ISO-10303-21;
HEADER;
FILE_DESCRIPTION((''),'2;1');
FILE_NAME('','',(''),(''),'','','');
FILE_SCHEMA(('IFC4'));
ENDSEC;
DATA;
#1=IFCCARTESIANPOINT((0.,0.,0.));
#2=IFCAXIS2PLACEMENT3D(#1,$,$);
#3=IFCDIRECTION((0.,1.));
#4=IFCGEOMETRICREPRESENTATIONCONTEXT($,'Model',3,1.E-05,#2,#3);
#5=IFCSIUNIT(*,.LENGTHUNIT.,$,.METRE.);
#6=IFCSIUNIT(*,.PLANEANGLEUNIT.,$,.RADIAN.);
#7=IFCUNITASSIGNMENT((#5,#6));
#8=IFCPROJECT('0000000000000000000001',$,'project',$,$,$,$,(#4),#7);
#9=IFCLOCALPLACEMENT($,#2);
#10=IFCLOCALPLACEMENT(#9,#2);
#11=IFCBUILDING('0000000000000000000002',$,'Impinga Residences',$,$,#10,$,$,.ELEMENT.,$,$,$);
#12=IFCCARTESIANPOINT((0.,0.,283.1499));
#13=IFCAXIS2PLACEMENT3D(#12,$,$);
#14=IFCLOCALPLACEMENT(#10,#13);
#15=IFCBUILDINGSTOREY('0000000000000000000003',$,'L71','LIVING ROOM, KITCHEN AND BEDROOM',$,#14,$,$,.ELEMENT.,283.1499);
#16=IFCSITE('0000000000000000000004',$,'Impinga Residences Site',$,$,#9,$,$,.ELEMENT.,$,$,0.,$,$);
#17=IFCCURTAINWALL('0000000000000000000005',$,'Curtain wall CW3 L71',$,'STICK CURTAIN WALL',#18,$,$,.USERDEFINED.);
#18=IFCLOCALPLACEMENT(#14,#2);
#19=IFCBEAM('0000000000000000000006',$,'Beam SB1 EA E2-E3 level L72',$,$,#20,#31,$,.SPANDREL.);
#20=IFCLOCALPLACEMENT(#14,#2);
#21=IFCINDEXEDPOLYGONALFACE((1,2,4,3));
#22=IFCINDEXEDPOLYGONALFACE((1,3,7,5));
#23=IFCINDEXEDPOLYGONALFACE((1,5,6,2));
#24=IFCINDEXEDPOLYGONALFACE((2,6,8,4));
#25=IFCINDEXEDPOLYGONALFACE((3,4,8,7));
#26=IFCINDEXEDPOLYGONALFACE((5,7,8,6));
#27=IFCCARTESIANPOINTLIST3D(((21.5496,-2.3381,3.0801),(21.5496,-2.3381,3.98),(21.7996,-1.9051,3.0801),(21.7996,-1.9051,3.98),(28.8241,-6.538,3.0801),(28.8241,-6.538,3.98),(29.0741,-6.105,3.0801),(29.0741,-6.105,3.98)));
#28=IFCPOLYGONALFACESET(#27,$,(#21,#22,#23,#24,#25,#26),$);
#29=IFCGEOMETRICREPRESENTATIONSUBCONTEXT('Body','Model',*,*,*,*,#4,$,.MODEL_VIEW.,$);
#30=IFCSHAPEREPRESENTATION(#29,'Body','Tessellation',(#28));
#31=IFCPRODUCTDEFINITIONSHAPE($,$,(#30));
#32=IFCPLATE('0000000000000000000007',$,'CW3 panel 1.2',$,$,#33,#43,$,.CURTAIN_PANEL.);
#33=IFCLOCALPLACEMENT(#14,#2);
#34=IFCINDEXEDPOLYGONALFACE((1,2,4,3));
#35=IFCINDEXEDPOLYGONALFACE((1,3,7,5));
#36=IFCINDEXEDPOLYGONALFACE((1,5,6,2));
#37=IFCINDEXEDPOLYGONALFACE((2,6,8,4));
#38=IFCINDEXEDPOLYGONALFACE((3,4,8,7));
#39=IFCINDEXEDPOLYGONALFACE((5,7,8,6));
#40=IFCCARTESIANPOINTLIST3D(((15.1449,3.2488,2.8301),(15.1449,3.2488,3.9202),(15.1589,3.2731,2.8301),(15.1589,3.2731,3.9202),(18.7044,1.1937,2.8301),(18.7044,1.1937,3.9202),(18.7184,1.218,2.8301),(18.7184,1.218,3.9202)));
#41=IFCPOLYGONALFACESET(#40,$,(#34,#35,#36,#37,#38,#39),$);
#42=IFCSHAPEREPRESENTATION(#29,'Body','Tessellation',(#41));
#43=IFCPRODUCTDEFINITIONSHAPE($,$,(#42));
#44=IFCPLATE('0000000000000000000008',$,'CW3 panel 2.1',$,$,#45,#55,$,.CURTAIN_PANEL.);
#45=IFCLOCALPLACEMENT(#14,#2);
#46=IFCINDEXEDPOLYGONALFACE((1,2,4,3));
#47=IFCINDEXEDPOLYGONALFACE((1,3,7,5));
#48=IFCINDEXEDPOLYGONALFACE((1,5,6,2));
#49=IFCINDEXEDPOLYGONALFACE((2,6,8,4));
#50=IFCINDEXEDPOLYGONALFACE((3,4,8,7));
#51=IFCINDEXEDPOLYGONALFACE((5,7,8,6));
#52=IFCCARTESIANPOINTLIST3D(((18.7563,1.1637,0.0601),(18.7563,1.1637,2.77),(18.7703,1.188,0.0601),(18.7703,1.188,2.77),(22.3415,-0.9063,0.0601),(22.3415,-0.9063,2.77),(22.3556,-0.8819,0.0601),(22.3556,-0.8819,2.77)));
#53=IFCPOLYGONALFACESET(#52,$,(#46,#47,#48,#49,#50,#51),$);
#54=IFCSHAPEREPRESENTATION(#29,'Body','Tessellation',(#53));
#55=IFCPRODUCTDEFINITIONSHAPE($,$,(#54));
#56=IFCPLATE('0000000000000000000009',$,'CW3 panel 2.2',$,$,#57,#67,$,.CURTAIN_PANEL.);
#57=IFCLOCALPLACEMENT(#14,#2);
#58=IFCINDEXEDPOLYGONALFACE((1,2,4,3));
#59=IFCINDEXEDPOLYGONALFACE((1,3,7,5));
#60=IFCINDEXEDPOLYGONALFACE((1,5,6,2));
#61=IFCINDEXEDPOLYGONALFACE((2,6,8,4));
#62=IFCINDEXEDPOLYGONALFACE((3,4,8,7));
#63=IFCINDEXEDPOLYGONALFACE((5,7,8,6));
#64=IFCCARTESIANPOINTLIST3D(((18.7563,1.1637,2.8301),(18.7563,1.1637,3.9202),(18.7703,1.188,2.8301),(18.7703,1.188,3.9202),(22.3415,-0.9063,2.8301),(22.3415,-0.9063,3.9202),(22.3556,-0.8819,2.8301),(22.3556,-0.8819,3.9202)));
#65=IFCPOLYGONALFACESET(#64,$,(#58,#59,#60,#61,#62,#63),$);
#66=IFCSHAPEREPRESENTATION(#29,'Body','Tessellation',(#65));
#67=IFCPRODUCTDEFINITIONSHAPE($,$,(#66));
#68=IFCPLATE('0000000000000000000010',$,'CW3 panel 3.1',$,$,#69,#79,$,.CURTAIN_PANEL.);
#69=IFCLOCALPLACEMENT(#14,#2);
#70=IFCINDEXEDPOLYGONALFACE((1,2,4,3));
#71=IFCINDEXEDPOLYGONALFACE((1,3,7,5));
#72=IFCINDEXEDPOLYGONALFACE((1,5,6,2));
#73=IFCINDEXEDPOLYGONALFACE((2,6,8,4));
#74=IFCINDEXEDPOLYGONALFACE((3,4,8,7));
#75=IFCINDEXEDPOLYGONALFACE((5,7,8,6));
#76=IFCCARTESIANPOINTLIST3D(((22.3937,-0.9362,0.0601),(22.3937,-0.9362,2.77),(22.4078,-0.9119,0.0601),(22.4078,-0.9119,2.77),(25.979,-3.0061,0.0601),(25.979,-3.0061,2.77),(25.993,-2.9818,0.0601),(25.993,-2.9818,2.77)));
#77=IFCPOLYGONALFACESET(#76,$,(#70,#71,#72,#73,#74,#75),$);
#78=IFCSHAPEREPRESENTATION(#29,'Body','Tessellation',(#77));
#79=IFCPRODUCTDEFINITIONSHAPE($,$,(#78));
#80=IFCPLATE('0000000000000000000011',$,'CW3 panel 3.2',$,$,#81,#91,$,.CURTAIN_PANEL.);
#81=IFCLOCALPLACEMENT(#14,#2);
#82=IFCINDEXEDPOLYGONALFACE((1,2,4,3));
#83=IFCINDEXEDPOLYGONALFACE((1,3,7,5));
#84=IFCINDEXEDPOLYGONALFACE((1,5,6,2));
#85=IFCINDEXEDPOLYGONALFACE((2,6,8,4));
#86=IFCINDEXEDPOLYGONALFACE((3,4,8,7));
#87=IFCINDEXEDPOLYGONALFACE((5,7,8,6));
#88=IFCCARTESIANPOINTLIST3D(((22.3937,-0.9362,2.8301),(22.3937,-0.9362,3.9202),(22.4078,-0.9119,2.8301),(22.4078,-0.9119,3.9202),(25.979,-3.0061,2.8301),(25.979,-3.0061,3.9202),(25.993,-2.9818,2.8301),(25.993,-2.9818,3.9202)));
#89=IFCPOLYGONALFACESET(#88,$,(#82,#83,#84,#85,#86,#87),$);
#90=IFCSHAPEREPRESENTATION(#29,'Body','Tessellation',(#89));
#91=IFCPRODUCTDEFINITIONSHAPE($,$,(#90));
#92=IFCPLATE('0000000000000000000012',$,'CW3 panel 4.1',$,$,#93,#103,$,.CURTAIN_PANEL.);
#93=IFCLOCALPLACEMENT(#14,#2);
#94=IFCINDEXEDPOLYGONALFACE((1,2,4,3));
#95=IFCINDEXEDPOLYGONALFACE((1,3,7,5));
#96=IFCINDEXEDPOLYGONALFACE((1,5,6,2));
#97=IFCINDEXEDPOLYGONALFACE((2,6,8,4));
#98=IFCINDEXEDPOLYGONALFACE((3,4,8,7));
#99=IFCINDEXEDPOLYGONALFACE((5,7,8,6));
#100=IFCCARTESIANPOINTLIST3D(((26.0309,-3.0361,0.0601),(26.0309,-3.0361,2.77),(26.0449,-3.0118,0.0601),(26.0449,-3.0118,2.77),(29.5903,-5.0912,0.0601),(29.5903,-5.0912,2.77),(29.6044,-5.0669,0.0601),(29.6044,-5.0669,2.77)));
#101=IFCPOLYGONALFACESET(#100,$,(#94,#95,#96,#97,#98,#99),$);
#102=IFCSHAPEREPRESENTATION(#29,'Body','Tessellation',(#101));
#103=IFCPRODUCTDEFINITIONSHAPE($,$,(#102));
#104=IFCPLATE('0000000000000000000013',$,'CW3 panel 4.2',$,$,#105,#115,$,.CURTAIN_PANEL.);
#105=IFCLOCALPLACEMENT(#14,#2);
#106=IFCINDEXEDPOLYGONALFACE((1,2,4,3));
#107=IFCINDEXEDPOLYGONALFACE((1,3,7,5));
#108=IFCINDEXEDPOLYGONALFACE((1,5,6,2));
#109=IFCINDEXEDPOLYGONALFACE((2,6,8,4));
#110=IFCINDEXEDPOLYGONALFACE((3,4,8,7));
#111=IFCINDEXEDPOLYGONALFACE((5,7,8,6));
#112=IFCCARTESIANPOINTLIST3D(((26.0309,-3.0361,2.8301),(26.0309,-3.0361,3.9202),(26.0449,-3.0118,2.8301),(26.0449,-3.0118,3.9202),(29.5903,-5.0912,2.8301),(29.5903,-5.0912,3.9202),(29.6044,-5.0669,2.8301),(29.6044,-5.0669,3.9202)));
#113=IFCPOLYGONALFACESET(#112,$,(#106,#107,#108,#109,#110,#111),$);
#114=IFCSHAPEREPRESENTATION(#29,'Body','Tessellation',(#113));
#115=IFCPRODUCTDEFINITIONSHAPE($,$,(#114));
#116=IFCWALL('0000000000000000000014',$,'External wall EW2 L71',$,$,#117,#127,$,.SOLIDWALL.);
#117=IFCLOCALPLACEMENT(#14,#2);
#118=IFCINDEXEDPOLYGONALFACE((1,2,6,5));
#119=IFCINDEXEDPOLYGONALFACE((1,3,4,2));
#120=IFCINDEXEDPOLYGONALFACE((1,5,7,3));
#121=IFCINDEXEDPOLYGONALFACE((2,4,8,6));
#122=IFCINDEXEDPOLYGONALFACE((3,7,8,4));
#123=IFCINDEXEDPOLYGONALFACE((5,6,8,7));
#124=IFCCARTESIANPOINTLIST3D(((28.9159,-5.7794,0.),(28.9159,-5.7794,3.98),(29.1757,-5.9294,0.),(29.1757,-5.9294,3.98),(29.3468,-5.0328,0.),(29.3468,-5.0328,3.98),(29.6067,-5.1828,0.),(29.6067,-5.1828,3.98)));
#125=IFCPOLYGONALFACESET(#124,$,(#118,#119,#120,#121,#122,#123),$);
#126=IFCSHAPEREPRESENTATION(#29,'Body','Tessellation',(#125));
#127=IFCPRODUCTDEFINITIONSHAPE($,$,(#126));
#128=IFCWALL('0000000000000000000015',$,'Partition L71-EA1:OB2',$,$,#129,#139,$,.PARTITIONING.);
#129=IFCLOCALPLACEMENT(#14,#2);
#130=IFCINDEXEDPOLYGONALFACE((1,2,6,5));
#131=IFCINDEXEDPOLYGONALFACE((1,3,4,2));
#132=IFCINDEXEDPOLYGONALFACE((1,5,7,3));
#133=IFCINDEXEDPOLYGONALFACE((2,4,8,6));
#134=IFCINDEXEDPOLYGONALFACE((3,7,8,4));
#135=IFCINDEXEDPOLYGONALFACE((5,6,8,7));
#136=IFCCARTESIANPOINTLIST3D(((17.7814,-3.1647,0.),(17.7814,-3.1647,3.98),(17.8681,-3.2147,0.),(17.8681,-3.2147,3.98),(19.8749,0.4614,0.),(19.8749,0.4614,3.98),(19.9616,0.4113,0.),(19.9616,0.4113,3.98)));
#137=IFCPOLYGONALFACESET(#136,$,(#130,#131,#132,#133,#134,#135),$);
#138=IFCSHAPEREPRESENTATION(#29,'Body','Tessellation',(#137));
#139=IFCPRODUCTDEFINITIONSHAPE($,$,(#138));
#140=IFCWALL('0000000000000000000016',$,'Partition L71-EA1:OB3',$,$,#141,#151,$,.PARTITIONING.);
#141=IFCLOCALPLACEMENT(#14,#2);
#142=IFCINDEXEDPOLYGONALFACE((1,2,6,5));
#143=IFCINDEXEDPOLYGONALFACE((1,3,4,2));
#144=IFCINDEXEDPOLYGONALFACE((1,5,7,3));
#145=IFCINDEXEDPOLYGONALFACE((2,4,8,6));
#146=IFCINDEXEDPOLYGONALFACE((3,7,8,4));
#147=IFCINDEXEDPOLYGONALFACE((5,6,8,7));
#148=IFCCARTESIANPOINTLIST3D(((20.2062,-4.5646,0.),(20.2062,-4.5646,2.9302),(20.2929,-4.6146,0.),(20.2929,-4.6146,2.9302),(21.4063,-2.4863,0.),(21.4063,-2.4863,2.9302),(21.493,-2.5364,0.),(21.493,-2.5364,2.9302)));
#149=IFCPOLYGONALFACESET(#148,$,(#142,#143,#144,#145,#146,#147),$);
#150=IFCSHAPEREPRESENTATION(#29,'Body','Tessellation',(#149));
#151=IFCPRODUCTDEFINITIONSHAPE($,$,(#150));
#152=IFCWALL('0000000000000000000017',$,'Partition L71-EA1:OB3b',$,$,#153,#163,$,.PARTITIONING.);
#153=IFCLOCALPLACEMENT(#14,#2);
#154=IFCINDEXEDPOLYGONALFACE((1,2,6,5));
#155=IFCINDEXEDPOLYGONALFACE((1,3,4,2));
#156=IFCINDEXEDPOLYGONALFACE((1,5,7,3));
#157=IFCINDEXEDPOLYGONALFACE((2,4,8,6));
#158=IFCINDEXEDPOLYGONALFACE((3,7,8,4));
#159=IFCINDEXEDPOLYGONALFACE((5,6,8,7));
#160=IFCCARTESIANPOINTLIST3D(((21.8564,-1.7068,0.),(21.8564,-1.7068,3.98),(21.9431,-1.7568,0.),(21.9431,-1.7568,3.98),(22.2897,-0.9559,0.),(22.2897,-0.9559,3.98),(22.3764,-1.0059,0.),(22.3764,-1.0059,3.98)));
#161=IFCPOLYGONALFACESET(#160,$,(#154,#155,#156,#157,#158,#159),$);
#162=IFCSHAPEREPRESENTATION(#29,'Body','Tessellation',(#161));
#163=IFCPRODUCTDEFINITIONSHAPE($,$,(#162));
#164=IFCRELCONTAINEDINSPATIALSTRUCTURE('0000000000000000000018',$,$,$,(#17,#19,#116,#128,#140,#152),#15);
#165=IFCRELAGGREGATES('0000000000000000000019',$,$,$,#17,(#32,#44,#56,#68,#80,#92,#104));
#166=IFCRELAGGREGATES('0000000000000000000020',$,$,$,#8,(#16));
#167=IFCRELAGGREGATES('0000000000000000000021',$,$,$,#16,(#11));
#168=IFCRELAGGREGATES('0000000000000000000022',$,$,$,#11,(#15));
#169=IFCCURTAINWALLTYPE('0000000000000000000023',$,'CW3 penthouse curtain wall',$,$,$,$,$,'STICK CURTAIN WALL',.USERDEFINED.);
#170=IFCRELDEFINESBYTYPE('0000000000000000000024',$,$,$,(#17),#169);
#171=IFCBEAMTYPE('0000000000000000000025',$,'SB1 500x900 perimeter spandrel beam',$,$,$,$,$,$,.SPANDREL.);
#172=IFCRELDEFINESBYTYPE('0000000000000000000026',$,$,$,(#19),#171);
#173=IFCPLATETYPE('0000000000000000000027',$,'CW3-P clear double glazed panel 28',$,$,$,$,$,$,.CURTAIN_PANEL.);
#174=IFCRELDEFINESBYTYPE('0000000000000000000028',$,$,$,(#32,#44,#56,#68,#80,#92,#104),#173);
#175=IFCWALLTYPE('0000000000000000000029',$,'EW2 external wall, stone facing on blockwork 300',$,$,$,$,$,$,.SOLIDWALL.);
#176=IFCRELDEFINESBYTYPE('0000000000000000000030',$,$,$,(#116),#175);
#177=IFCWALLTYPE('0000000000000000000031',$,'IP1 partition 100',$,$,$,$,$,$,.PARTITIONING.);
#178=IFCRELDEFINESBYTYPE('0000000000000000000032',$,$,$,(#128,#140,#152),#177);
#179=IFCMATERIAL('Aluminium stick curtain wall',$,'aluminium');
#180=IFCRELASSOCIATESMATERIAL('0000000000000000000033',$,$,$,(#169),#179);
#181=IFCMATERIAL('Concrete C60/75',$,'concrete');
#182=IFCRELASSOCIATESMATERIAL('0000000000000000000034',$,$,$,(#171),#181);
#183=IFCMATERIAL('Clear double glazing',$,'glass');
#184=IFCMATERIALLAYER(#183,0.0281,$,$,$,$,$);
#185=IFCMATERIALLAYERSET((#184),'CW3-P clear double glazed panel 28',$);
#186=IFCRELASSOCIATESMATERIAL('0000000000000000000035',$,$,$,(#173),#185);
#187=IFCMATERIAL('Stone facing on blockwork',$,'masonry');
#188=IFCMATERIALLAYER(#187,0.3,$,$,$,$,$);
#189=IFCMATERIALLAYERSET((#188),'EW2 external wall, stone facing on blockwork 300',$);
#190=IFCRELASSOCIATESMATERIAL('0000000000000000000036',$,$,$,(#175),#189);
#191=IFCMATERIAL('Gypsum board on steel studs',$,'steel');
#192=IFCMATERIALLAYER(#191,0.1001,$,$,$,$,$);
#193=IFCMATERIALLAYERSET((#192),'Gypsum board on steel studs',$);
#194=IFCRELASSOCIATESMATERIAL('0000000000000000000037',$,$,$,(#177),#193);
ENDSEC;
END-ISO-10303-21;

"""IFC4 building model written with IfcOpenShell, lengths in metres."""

from ifc_helpers import new_model, si_unit, direction, frame, frame_2d, origin, origin_2d, place, context, subcontext, project, spatial, rectangle, extrude, material, layer, layer_set, material_profile, profile_set, type_object, element, aggregate, save


model = new_model("IFC4")

# Units and contexts
model_context = context("Model", 3, precision=1e-05, world=origin(), true_north=direction((0.0, 1.0)))
body_context = subcontext(model_context, "Body", "Model", "MODEL_VIEW")
ifc_project = project(units=[si_unit("LENGTHUNIT", "METRE"), si_unit("PLANEANGLEUNIT", "RADIAN")], contexts=[model_context])

# Site, building, storey
site_placement = place(None, origin())
site = spatial("IfcSite", under=ifc_project, at=site_placement, Name="Impinga Residences Site", CompositionType="ELEMENT", RefElevation=0.0)
building_placement = place(site_placement, origin())
building = spatial("IfcBuilding", under=site, at=building_placement, Name="Impinga Residences", CompositionType="ELEMENT")
storey_placement = place(building_placement, frame((0.0, 0.0, 283.1499)))
storey = spatial("IfcBuildingStorey", under=building, at=storey_placement, Name="L71", Description="LIVING ROOM, KITCHEN AND BEDROOM", CompositionType="ELEMENT", Elevation=283.1499)

# Shared definitions
ifc_material_1 = material(Name="Concrete C60/75", Category="concrete")

# Curtain wall
ifc_material_2 = material(Name="Aluminium stick curtain wall", Category="aluminium")
curtain_wall_type = type_object("IfcCurtainWallType", Name="CW3 penthouse curtain wall", ElementType="STICK CURTAIN WALL", PredefinedType="USERDEFINED", material=ifc_material_2)
curtain_wall_placement = place(storey_placement, origin())
curtain_wall = element("IfcCurtainWall", 1, at=curtain_wall_placement, inside=storey, type_object=curtain_wall_type, Name="Curtain wall CW3 L71", ObjectType="STICK CURTAIN WALL", PredefinedType="USERDEFINED")

# Beam
ifc_material_profile_1 = material_profile(ifc_material_1, rectangle(XDim=0.5, YDim=0.8999, at=origin_2d()), Name="RC 500x900")
ifc_profile_set_1 = profile_set([ifc_material_profile_1], Name="Concrete C60/75")
beam_type = type_object("IfcBeamType", Name="SB1 500x900 perimeter spandrel beam", PredefinedType="SPANDREL", material=ifc_profile_set_1)
beam_placement = place(storey_placement, frame((21.6746, -2.1216, 3.53), z_axis=(0.866029, -0.499993, 0.0), x_axis=(0.499993, 0.866029, 0.0)))
element("IfcBeam", 2, at=beam_placement, inside=storey, type_object=beam_type, Name="Beam SB1 EA E2-E3 level L72", PredefinedType="SPANDREL", context=body_context, shape_type="SweptSolid", body=[
    extrude(rectangle(XDim=0.5, YDim=0.8999, at=origin_2d()), origin(), (0.0, 0.0, 1.0), 8.3999),
])

# Plates
ifc_material_3 = material(Name="Clear double glazing", Category="glass")
ifc_layer_1 = layer(ifc_material_3, 0.0281)
ifc_layer_set_1 = layer_set([ifc_layer_1], Name="CW3-P clear double glazed panel 28")
plate_type = type_object("IfcPlateType", Name="CW3-P clear double glazed panel 28", PredefinedType="CURTAIN_PANEL", material=ifc_layer_set_1)
plate_1_placement = place(storey_placement, frame((16.9316, 2.2334, 2.8301), z_axis=(0.0, 0.0, 1.0), x_axis=(0.866025, -0.5, 0.0)))
plate_1 = element("IfcPlate", 3, at=plate_1_placement, type_object=plate_type, Name="CW3 panel 1.2", PredefinedType="CURTAIN_PANEL", context=body_context, shape_type="SweptSolid", body=[
    extrude(rectangle(XDim=4.1101, YDim=0.0281, at=origin_2d()), origin(), (0.0, 0.0, 1.0), 1.0901),
])
plate_2_placement = place(storey_placement, frame((20.5559, 0.1409, 0.0601), z_axis=(0.0, 0.0, 1.0), x_axis=(0.866025, -0.5, 0.0)))
plate_2 = element("IfcPlate", 4, at=plate_2_placement, type_object=plate_type, Name="CW3 panel 2.1", PredefinedType="CURTAIN_PANEL", context=body_context, shape_type="SweptSolid", body=[
    extrude(rectangle(XDim=4.1399, YDim=0.0281, at=origin_2d()), origin(), (0.0, 0.0, 1.0), 2.71),
])
plate_3_placement = place(storey_placement, frame((20.5559, 0.1409, 2.8301), z_axis=(0.0, 0.0, 1.0), x_axis=(0.866025, -0.5, 0.0)))
plate_3 = element("IfcPlate", 5, at=plate_3_placement, type_object=plate_type, Name="CW3 panel 2.2", PredefinedType="CURTAIN_PANEL", context=body_context, shape_type="SweptSolid", body=[
    extrude(rectangle(XDim=4.1399, YDim=0.0281, at=origin_2d()), origin(), (0.0, 0.0, 1.0), 1.0901),
])
plate_4_placement = place(storey_placement, frame((24.1934, -1.959, 0.0601), z_axis=(0.0, 0.0, 1.0), x_axis=(0.866025, -0.5, 0.0)))
plate_4 = element("IfcPlate", 6, at=plate_4_placement, type_object=plate_type, Name="CW3 panel 3.1", PredefinedType="CURTAIN_PANEL", context=body_context, shape_type="SweptSolid", body=[
    extrude(rectangle(XDim=4.1399, YDim=0.0281, at=origin_2d()), origin(), (0.0, 0.0, 1.0), 2.71),
])
plate_5_placement = place(storey_placement, frame((24.1934, -1.959, 2.8301), z_axis=(0.0, 0.0, 1.0), x_axis=(0.866025, -0.5, 0.0)))
plate_5 = element("IfcPlate", 7, at=plate_5_placement, type_object=plate_type, Name="CW3 panel 3.2", PredefinedType="CURTAIN_PANEL", context=body_context, shape_type="SweptSolid", body=[
    extrude(rectangle(XDim=4.1399, YDim=0.0281, at=origin_2d()), origin(), (0.0, 0.0, 1.0), 1.0901),
])
plate_6_placement = place(storey_placement, frame((27.8176, -4.0515, 0.0601), z_axis=(0.0, 0.0, 1.0), x_axis=(0.866025, -0.5, 0.0)))
plate_6 = element("IfcPlate", 8, at=plate_6_placement, type_object=plate_type, Name="CW3 panel 4.1", PredefinedType="CURTAIN_PANEL", context=body_context, shape_type="SweptSolid", body=[
    extrude(rectangle(XDim=4.1101, YDim=0.0281, at=origin_2d()), origin(), (0.0, 0.0, 1.0), 2.71),
])
plate_7_placement = place(storey_placement, frame((27.8176, -4.0515, 2.8301), z_axis=(0.0, 0.0, 1.0), x_axis=(0.866025, -0.5, 0.0)))
plate_7 = element("IfcPlate", 9, at=plate_7_placement, type_object=plate_type, Name="CW3 panel 4.2", PredefinedType="CURTAIN_PANEL", context=body_context, shape_type="SweptSolid", body=[
    extrude(rectangle(XDim=4.1101, YDim=0.0281, at=origin_2d()), origin(), (0.0, 0.0, 1.0), 1.0901),
])
aggregate(curtain_wall, [plate_1, plate_2, plate_3, plate_4, plate_5, plate_6, plate_7])

# Walls
ifc_material_4 = material(Name="Stone facing on blockwork", Category="masonry")
ifc_layer_2 = layer(ifc_material_4, 0.3)
ifc_layer_set_2 = layer_set([ifc_layer_2], Name="EW2 external wall, stone facing on blockwork 300")
wall_type_1 = type_object("IfcWallType", Name="EW2 external wall, stone facing on blockwork 300", PredefinedType="SOLIDWALL", material=ifc_layer_set_2)
wall_1_placement = place(storey_placement, frame((29.4768, -5.1077, 0.0), z_axis=(0.0, 0.0, 1.0), x_axis=(-0.499886, -0.866091, 0.0)))
element("IfcWall", 10, at=wall_1_placement, inside=storey, type_object=wall_type_1, Name="External wall EW2 L71", PredefinedType="SOLIDWALL", context=body_context, shape_type="SweptSolid", body=[
    extrude(rectangle(XDim=0.8621, YDim=0.3, at=frame_2d((0.4312, 0.0))), origin(), (0.0, 0.0, 1.0), 3.98),
])
ifc_material_5 = material(Name="Gypsum board on steel studs", Category="steel")
ifc_layer_3 = layer(ifc_material_5, 0.1001)
ifc_layer_set_3 = layer_set([ifc_layer_3], Name="Gypsum board on steel studs")
wall_type_2 = type_object("IfcWallType", Name="IP1 partition 100", PredefinedType="PARTITIONING", material=ifc_layer_set_3)
wall_2_placement = place(storey_placement, frame((17.8247, -3.1897, 0.0), z_axis=(0.0, 0.0, 1.0), x_axis=(0.500008, 0.866021, 0.0)))
element("IfcWall", 11, at=wall_2_placement, inside=storey, type_object=wall_type_2, Name="Partition L71-EA1:OB2", PredefinedType="PARTITIONING", context=body_context, shape_type="SweptSolid", body=[
    extrude(rectangle(XDim=4.187, YDim=0.1001, at=frame_2d((2.0935, 0.0))), origin(), (0.0, 0.0, 1.0), 3.98),
])
wall_3_placement = place(storey_placement, frame((20.2495, -4.5896, 0.0), z_axis=(0.0, 0.0, 1.0), x_axis=(0.500078, 0.865981, 0.0)))
element("IfcWall", 12, at=wall_3_placement, inside=storey, type_object=wall_type_2, Name="Partition L71-EA1:OB3", PredefinedType="PARTITIONING", context=body_context, shape_type="SweptSolid", body=[
    extrude(rectangle(XDim=2.3999, YDim=0.1001, at=frame_2d((1.2, 0.0))), origin(), (0.0, 0.0, 1.0), 2.9302),
])
wall_4_placement = place(storey_placement, frame((21.8997, -1.7319, 0.0), z_axis=(0.0, 0.0, 1.0), x_axis=(0.499804, 0.866139, 0.0)))
element("IfcWall", 13, at=wall_4_placement, inside=storey, type_object=wall_type_2, Name="Partition L71-EA1:OB3b", PredefinedType="PARTITIONING", context=body_context, shape_type="SweptSolid", body=[
    extrude(rectangle(XDim=0.8669, YDim=0.1001, at=frame_2d((0.4336, 0.0))), origin(), (0.0, 0.0, 1.0), 3.98),
])

save(model, "model.ifc")
